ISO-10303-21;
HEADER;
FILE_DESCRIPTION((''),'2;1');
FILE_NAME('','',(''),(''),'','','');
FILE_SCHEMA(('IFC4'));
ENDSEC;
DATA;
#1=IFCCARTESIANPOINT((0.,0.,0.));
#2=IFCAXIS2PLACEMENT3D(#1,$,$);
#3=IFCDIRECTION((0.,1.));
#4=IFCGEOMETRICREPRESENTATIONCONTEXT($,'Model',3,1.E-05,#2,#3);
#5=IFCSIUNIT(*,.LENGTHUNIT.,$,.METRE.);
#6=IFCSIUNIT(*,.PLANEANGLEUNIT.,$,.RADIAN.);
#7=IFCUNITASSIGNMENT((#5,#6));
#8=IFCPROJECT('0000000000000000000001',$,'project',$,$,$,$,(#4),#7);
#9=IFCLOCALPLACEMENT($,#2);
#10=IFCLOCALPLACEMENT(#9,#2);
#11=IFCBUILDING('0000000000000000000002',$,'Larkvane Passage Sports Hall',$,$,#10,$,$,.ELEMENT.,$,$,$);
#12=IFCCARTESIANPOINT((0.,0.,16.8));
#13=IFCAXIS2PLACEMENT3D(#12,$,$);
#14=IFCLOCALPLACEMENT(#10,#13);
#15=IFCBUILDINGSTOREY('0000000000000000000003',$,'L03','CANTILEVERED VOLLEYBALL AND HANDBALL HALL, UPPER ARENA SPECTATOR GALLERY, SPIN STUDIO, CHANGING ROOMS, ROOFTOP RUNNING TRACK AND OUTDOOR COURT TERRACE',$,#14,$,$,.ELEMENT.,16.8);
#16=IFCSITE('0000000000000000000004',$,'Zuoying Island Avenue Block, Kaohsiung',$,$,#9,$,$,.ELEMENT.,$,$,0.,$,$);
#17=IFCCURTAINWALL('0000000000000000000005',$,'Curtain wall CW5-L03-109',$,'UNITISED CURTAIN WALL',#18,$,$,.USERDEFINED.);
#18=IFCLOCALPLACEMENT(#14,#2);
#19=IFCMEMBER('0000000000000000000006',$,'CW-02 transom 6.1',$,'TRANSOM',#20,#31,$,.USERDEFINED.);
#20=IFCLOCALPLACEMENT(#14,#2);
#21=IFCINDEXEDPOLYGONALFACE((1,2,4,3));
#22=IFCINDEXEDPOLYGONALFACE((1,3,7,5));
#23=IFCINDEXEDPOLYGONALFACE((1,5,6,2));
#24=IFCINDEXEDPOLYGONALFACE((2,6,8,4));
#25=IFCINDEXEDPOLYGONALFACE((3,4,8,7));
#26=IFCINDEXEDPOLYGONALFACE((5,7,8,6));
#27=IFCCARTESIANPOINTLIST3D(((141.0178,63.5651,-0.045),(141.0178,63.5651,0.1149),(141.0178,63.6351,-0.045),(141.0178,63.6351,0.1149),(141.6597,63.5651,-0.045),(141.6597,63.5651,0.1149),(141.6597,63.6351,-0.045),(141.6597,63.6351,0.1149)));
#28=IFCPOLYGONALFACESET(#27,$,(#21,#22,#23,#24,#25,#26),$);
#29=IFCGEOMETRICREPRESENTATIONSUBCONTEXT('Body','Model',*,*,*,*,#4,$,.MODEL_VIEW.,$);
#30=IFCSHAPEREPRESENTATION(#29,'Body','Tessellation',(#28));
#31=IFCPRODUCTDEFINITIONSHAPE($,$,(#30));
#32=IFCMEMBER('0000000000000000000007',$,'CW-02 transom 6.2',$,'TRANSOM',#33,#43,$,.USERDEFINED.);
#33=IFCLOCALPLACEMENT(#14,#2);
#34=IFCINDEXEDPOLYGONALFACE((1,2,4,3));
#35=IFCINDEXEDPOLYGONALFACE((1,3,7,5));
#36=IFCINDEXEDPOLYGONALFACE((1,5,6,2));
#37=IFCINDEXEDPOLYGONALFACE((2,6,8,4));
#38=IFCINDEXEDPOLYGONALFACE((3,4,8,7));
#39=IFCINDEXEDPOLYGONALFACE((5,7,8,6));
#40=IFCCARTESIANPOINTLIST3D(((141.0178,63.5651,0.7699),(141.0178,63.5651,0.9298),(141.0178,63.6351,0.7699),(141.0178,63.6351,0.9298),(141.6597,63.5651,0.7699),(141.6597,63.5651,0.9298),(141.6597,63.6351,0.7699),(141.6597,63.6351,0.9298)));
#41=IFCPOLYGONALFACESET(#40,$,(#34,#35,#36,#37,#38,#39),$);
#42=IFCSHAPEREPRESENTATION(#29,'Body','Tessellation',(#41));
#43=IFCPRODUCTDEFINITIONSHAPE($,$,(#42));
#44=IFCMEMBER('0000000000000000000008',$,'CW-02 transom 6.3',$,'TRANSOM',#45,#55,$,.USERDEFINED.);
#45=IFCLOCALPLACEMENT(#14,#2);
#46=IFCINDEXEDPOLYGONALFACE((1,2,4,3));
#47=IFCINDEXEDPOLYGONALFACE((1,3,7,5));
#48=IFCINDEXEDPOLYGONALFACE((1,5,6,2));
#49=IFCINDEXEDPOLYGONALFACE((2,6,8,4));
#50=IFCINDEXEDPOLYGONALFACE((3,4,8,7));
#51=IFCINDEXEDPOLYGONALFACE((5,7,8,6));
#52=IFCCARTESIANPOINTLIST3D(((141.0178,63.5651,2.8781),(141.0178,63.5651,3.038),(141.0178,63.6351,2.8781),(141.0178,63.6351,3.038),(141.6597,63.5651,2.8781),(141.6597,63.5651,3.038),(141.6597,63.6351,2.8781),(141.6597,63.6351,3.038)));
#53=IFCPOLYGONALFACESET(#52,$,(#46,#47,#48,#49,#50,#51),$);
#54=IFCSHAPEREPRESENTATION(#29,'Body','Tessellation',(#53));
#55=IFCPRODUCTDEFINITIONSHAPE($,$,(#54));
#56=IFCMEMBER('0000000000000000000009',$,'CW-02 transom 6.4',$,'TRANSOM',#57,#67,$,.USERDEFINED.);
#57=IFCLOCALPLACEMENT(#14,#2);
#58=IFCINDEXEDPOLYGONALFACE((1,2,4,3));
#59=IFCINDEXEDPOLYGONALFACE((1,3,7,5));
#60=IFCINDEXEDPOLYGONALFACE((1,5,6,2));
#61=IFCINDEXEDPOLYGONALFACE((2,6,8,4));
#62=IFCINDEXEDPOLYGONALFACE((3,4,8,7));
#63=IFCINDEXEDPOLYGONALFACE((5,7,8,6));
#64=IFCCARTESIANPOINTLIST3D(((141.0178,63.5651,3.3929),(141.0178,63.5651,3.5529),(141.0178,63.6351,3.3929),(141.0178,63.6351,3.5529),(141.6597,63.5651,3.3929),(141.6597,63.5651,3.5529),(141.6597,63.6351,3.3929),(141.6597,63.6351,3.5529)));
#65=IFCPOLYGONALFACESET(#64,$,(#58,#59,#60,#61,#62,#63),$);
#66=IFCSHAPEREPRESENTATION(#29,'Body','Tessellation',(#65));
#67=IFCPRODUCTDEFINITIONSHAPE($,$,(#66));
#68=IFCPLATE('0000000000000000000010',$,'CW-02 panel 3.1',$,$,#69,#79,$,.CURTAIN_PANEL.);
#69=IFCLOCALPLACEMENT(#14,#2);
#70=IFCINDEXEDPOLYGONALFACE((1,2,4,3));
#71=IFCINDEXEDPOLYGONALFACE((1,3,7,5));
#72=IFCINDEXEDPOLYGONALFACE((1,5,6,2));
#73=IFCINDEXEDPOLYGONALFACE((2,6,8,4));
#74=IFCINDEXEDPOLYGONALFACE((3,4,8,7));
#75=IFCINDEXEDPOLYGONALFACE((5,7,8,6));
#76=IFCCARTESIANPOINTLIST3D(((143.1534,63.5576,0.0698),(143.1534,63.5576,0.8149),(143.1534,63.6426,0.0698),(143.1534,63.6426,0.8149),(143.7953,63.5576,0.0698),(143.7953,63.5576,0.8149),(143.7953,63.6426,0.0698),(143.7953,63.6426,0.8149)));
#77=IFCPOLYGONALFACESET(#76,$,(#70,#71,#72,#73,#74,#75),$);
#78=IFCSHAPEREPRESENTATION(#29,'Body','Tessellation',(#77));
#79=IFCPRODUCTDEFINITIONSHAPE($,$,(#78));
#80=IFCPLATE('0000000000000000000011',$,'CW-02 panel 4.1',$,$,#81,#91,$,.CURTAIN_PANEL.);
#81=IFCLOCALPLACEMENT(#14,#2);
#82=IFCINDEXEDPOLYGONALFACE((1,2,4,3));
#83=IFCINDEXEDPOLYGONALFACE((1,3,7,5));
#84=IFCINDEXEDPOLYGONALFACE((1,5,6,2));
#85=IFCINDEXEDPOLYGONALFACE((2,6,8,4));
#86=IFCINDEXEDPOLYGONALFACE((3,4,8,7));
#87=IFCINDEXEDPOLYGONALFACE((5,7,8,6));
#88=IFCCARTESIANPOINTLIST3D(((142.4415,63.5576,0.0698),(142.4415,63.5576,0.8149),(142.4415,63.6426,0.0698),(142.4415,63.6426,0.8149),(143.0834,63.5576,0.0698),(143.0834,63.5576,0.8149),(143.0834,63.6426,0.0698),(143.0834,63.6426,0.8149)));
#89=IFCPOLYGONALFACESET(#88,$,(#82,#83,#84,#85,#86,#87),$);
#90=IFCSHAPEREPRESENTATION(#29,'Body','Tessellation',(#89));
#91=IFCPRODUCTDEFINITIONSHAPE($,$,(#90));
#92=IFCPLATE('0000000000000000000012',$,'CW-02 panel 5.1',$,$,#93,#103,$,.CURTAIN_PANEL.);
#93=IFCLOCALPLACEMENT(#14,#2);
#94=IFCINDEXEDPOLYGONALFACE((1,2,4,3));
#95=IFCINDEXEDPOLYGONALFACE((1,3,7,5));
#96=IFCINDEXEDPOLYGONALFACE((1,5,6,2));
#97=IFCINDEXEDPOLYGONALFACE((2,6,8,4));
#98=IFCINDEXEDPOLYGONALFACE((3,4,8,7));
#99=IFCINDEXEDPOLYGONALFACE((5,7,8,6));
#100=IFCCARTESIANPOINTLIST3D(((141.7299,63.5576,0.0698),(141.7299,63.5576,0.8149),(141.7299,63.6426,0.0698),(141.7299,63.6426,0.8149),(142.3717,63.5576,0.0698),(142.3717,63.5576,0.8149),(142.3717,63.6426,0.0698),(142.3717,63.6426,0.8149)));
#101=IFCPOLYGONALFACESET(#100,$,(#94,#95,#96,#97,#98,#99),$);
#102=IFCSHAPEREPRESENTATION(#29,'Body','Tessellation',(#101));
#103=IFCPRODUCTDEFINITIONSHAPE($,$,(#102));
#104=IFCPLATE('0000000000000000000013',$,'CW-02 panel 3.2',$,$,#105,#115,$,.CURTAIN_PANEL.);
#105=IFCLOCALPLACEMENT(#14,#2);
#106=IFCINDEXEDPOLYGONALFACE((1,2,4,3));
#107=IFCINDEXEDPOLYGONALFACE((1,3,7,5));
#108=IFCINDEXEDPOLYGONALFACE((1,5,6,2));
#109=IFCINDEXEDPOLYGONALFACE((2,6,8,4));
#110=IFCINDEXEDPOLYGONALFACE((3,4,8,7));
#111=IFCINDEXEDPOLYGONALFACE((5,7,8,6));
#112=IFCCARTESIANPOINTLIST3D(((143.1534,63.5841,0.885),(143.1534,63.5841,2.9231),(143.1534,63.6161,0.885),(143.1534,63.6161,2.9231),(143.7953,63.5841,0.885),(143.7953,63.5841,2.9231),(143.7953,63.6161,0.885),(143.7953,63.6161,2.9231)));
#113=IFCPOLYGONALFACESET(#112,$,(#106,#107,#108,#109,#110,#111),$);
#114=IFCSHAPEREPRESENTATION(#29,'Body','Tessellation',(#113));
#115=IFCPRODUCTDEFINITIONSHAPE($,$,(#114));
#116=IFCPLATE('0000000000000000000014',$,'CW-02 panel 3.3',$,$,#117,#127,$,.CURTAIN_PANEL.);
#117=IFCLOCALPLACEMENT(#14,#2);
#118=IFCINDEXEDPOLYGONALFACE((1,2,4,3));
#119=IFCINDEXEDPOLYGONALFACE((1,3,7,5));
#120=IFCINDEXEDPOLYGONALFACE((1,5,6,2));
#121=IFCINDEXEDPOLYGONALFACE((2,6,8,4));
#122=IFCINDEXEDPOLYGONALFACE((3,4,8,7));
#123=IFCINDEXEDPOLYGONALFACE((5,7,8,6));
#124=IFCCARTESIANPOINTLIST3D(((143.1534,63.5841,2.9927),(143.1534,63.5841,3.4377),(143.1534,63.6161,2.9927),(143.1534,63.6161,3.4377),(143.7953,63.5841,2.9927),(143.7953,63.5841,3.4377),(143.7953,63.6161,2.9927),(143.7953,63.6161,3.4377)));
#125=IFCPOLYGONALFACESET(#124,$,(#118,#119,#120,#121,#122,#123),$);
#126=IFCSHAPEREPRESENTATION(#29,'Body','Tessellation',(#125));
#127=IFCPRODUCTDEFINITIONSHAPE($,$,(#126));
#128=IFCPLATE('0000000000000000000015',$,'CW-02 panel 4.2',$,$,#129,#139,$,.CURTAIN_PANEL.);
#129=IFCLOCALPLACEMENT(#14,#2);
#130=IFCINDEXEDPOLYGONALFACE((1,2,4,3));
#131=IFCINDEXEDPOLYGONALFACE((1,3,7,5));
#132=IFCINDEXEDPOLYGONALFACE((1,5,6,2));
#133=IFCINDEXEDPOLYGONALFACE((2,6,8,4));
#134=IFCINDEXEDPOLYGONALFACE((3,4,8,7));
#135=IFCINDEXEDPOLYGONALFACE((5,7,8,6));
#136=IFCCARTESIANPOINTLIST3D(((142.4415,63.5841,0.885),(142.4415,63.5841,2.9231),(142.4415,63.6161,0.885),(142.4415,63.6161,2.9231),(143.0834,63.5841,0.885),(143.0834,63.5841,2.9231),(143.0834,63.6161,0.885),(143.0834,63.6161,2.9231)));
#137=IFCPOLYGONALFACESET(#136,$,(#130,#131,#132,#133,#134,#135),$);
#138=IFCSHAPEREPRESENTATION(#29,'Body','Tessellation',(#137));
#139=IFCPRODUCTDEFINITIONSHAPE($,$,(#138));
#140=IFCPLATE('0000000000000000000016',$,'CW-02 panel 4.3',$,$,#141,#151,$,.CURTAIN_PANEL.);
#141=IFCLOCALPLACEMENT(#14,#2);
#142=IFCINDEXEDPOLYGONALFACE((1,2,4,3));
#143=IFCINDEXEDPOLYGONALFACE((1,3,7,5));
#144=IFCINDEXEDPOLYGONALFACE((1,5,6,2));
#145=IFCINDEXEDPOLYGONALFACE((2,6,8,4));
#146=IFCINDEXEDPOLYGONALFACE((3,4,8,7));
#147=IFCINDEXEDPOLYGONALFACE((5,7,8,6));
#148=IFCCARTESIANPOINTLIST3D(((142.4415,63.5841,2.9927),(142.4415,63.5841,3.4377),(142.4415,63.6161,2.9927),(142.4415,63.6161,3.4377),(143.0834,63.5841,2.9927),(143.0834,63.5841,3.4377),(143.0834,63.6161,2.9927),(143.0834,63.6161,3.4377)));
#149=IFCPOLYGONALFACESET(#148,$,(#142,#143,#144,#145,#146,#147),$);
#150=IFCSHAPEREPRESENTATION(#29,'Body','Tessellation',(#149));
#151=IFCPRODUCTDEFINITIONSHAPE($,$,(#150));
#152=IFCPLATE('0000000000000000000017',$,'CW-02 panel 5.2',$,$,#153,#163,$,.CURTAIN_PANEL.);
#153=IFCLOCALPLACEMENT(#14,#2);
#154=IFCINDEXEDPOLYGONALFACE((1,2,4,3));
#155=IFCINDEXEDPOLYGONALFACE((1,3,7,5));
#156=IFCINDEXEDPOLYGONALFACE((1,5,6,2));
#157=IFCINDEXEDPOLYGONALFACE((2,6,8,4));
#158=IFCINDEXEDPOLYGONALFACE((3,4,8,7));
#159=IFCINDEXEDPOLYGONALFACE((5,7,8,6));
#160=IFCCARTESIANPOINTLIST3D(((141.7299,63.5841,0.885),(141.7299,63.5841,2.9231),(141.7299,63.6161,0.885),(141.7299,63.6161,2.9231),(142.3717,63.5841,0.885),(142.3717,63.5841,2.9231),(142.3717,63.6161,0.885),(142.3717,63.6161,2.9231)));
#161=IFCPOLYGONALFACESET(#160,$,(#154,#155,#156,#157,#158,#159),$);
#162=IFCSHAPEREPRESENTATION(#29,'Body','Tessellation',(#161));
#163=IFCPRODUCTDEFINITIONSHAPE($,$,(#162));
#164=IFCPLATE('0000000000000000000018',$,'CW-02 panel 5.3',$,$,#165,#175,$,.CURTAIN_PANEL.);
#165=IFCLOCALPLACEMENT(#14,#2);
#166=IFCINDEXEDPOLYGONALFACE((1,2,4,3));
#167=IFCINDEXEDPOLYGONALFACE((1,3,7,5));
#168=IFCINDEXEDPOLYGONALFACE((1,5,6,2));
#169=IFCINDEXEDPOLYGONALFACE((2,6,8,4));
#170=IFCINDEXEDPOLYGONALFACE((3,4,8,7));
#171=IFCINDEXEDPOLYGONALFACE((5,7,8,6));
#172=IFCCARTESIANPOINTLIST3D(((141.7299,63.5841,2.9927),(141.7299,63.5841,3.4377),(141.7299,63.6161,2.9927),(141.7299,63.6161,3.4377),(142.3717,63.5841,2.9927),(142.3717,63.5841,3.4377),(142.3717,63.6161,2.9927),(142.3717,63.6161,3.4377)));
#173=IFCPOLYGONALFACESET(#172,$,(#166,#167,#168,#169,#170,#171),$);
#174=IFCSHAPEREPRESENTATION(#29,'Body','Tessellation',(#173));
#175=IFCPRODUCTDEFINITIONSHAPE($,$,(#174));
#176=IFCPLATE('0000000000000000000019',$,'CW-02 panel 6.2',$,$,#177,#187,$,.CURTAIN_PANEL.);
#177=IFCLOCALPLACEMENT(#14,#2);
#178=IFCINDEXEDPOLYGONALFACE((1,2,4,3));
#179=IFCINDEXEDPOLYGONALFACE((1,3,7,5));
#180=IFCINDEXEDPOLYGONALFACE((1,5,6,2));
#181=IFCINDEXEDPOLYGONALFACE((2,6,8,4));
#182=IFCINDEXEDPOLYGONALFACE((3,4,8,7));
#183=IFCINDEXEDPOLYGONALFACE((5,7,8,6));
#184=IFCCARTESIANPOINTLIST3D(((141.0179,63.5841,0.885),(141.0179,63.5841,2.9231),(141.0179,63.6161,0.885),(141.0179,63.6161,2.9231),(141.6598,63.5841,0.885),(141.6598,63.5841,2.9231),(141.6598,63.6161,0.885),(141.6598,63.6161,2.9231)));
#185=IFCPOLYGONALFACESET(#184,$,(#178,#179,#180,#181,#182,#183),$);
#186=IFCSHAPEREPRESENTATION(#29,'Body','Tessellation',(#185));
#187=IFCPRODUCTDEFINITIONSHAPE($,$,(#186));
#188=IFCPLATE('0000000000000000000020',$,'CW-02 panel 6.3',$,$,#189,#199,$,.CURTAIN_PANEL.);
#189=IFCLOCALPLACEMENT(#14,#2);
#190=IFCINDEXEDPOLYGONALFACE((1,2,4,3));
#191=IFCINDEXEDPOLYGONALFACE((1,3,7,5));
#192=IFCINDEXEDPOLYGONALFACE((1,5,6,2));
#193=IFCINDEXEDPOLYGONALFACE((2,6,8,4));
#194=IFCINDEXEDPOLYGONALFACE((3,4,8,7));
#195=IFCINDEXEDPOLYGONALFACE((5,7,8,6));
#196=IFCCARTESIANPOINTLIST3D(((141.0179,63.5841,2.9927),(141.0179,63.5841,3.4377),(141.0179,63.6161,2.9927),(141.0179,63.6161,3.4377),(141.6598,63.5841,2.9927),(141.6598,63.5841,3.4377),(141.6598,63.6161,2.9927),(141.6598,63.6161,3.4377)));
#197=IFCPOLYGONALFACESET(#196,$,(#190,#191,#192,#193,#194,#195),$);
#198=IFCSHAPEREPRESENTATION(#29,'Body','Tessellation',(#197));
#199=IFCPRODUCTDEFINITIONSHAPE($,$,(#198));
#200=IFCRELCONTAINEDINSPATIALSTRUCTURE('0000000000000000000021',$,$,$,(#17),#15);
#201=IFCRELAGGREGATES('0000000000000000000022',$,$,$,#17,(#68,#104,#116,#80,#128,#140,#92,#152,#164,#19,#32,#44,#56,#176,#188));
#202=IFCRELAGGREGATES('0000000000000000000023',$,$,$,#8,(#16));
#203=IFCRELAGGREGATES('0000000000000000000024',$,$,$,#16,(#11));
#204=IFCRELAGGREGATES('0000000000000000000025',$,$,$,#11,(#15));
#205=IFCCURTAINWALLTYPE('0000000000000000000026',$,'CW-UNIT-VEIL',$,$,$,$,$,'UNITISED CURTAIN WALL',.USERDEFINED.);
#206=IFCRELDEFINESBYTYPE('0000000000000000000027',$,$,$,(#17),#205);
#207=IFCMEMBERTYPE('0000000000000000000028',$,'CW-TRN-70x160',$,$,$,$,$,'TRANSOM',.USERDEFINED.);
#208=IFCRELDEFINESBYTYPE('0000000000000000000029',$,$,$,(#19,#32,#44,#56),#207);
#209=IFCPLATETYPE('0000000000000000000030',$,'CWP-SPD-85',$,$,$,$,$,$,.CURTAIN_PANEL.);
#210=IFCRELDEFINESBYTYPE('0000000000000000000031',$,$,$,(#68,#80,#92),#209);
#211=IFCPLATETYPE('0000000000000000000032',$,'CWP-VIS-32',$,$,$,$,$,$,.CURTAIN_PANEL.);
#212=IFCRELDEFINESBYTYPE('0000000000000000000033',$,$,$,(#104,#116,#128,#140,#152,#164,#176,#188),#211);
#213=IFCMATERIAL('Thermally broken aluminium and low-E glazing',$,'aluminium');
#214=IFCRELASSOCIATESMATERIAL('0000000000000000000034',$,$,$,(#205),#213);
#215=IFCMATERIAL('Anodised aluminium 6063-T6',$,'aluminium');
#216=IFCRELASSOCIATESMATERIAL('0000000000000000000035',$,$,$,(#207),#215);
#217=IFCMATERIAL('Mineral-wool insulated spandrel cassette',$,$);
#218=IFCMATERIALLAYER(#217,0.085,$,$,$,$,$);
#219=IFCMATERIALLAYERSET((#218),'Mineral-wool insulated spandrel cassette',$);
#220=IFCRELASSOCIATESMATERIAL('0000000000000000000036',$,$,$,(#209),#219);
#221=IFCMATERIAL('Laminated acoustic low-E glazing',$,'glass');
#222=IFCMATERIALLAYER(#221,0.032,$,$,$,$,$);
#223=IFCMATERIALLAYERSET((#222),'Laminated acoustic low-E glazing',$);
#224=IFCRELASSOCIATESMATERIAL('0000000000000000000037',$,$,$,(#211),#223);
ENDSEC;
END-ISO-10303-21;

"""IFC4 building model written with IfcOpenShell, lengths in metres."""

from ifc_helpers import new_model, si_unit, direction, frame, origin, origin_2d, place, context, subcontext, project, spatial, rectangle, extrude, material, layer, layer_set, material_profile, profile_set, type_object, element, aggregate, save


model = new_model("IFC4")

# Units and contexts
model_context = context("Model", 3, precision=1e-05, world=origin(), true_north=direction((0.0, 1.0)))
body_context = subcontext(model_context, "Body", "Model", "MODEL_VIEW")
ifc_project = project(units=[si_unit("LENGTHUNIT", "METRE"), si_unit("PLANEANGLEUNIT", "RADIAN")], contexts=[model_context])

# Site, building, storey
site_placement = place(None, origin())
site = spatial("IfcSite", under=ifc_project, at=site_placement, Name="Zuoying Island Avenue Block, Kaohsiung", CompositionType="ELEMENT", RefElevation=0.0)
building_placement = place(site_placement, origin())
building = spatial("IfcBuilding", under=site, at=building_placement, Name="Larkvane Passage Sports Hall", CompositionType="ELEMENT")
storey_placement = place(building_placement, frame((0.0, 0.0, 16.8)))
storey = spatial("IfcBuildingStorey", under=building, at=storey_placement, Name="L03", Description="CANTILEVERED VOLLEYBALL AND HANDBALL HALL, UPPER ARENA SPECTATOR GALLERY, SPIN STUDIO, CHANGING ROOMS, ROOFTOP RUNNING TRACK AND OUTDOOR COURT TERRACE", CompositionType="ELEMENT", Elevation=16.8)

# Shared definitions
ifc_material_1 = material(Name="Thermally broken aluminium and low-E glazing", Category="aluminium")
ifc_material_2 = material(Name="Anodised aluminium 6063-T6", Category="aluminium")

# Curtain wall, members, plates
curtain_wall_type_1 = type_object("IfcCurtainWallType", Name="CW-UNIT-VEIL", ElementType="UNITISED CURTAIN WALL", PredefinedType="USERDEFINED", material=ifc_material_1)
curtain_wall_1_placement = place(storey_placement, origin())
curtain_wall_1 = element("IfcCurtainWall", 1, at=curtain_wall_1_placement, inside=storey, type_object=curtain_wall_type_1, Name="Curtain wall CW5-L03-109", ObjectType="UNITISED CURTAIN WALL", PredefinedType="USERDEFINED")
ifc_material_profile_1 = material_profile(ifc_material_2, rectangle(XDim=0.0701, YDim=0.1599, at=origin_2d()), Name="ALU-TRN-70x160")
ifc_profile_set_1 = profile_set([ifc_material_profile_1], Name="Anodised aluminium 6063-T6")
member_type_1 = type_object("IfcMemberType", Name="CW-TRN-70x160", ElementType="TRANSOM", PredefinedType="USERDEFINED", material=ifc_profile_set_1)
member_1_placement = place(storey_placement, frame((141.6597, 63.6001, 0.0349), z_axis=(-1.0, 0.0, 0.0), x_axis=(0.0, -1.0, 0.0)))
member_1 = element("IfcMember", 2, at=member_1_placement, type_object=member_type_1, Name="CW-02 transom 6.1", ObjectType="TRANSOM", PredefinedType="USERDEFINED", context=body_context, shape_type="SweptSolid", body=[
    extrude(rectangle(XDim=0.0701, YDim=0.1599, at=origin_2d()), origin(), (0.0, 0.0, 1.0), 0.6418),
])
member_2_placement = place(storey_placement, frame((141.6597, 63.6001, 0.8499), z_axis=(-1.0, 0.0, 0.0), x_axis=(0.0, -1.0, 0.0)))
member_2 = element("IfcMember", 3, at=member_2_placement, type_object=member_type_1, Name="CW-02 transom 6.2", ObjectType="TRANSOM", PredefinedType="USERDEFINED", context=body_context, shape_type="SweptSolid", body=[
    extrude(rectangle(XDim=0.0701, YDim=0.1599, at=origin_2d()), origin(), (0.0, 0.0, 1.0), 0.6418),
])
member_3_placement = place(storey_placement, frame((141.6597, 63.6001, 2.958), z_axis=(-1.0, 0.0, 0.0), x_axis=(0.0, -1.0, 0.0)))
member_3 = element("IfcMember", 4, at=member_3_placement, type_object=member_type_1, Name="CW-02 transom 6.3", ObjectType="TRANSOM", PredefinedType="USERDEFINED", context=body_context, shape_type="SweptSolid", body=[
    extrude(rectangle(XDim=0.0701, YDim=0.1599, at=origin_2d()), origin(), (0.0, 0.0, 1.0), 0.6418),
])
member_4_placement = place(storey_placement, frame((141.6597, 63.6001, 3.4729), z_axis=(-1.0, 0.0, 0.0), x_axis=(0.0, -1.0, 0.0)))
member_4 = element("IfcMember", 5, at=member_4_placement, type_object=member_type_1, Name="CW-02 transom 6.4", ObjectType="TRANSOM", PredefinedType="USERDEFINED", context=body_context, shape_type="SweptSolid", body=[
    extrude(rectangle(XDim=0.0701, YDim=0.1599, at=origin_2d()), origin(), (0.0, 0.0, 1.0), 0.6418),
])
ifc_material_3 = material(Name="Mineral-wool insulated spandrel cassette")
ifc_layer_1 = layer(ifc_material_3, 0.085)
ifc_layer_set_1 = layer_set([ifc_layer_1], Name="Mineral-wool insulated spandrel cassette")
plate_type_1 = type_object("IfcPlateType", Name="CWP-SPD-85", PredefinedType="CURTAIN_PANEL", material=ifc_layer_set_1)
plate_1_placement = place(storey_placement, frame((143.4744, 63.6001, 0.0698), z_axis=(0.0, 0.0, 1.0), x_axis=(-1.0, 0.0, 0.0)))
plate_1 = element("IfcPlate", 6, at=plate_1_placement, type_object=plate_type_1, Name="CW-02 panel 3.1", PredefinedType="CURTAIN_PANEL", context=body_context, shape_type="SweptSolid", body=[
    extrude(rectangle(XDim=0.6418, YDim=0.085, at=origin_2d()), origin(), (0.0, 0.0, 1.0), 0.7451),
])
plate_2_placement = place(storey_placement, frame((142.7625, 63.6001, 0.0698), z_axis=(0.0, 0.0, 1.0), x_axis=(-1.0, 0.0, 0.0)))
plate_2 = element("IfcPlate", 7, at=plate_2_placement, type_object=plate_type_1, Name="CW-02 panel 4.1", PredefinedType="CURTAIN_PANEL", context=body_context, shape_type="SweptSolid", body=[
    extrude(rectangle(XDim=0.6418, YDim=0.085, at=origin_2d()), origin(), (0.0, 0.0, 1.0), 0.7451),
])
plate_3_placement = place(storey_placement, frame((142.0508, 63.6001, 0.0698), z_axis=(0.0, 0.0, 1.0), x_axis=(-1.0, 0.0, 0.0)))
plate_3 = element("IfcPlate", 8, at=plate_3_placement, type_object=plate_type_1, Name="CW-02 panel 5.1", PredefinedType="CURTAIN_PANEL", context=body_context, shape_type="SweptSolid", body=[
    extrude(rectangle(XDim=0.6418, YDim=0.085, at=origin_2d()), origin(), (0.0, 0.0, 1.0), 0.7451),
])
ifc_material_4 = material(Name="Laminated acoustic low-E glazing", Category="glass")
ifc_layer_2 = layer(ifc_material_4, 0.032)
ifc_layer_set_2 = layer_set([ifc_layer_2], Name="Laminated acoustic low-E glazing")
plate_type_2 = type_object("IfcPlateType", Name="CWP-VIS-32", PredefinedType="CURTAIN_PANEL", material=ifc_layer_set_2)
plate_4_placement = place(storey_placement, frame((143.4744, 63.6001, 0.885), z_axis=(0.0, 0.0, 1.0), x_axis=(-1.0, 0.0, 0.0)))
plate_4 = element("IfcPlate", 9, at=plate_4_placement, type_object=plate_type_2, Name="CW-02 panel 3.2", PredefinedType="CURTAIN_PANEL", context=body_context, shape_type="SweptSolid", body=[
    extrude(rectangle(XDim=0.6418, YDim=0.032, at=origin_2d()), origin(), (0.0, 0.0, 1.0), 2.0381),
])
plate_5_placement = place(storey_placement, frame((143.4744, 63.6001, 2.9927), z_axis=(0.0, 0.0, 1.0), x_axis=(-1.0, 0.0, 0.0)))
plate_5 = element("IfcPlate", 10, at=plate_5_placement, type_object=plate_type_2, Name="CW-02 panel 3.3", PredefinedType="CURTAIN_PANEL", context=body_context, shape_type="SweptSolid", body=[
    extrude(rectangle(XDim=0.6418, YDim=0.032, at=origin_2d()), origin(), (0.0, 0.0, 1.0), 0.4451),
])
plate_6_placement = place(storey_placement, frame((142.7625, 63.6001, 0.885), z_axis=(0.0, 0.0, 1.0), x_axis=(-1.0, 0.0, 0.0)))
plate_6 = element("IfcPlate", 11, at=plate_6_placement, type_object=plate_type_2, Name="CW-02 panel 4.2", PredefinedType="CURTAIN_PANEL", context=body_context, shape_type="SweptSolid", body=[
    extrude(rectangle(XDim=0.6418, YDim=0.032, at=origin_2d()), origin(), (0.0, 0.0, 1.0), 2.0381),
])
plate_7_placement = place(storey_placement, frame((142.7625, 63.6001, 2.9927), z_axis=(0.0, 0.0, 1.0), x_axis=(-1.0, 0.0, 0.0)))
plate_7 = element("IfcPlate", 12, at=plate_7_placement, type_object=plate_type_2, Name="CW-02 panel 4.3", PredefinedType="CURTAIN_PANEL", context=body_context, shape_type="SweptSolid", body=[
    extrude(rectangle(XDim=0.6418, YDim=0.032, at=origin_2d()), origin(), (0.0, 0.0, 1.0), 0.4451),
])
plate_8_placement = place(storey_placement, frame((142.0508, 63.6001, 0.885), z_axis=(0.0, 0.0, 1.0), x_axis=(-1.0, 0.0, 0.0)))
plate_8 = element("IfcPlate", 13, at=plate_8_placement, type_object=plate_type_2, Name="CW-02 panel 5.2", PredefinedType="CURTAIN_PANEL", context=body_context, shape_type="SweptSolid", body=[
    extrude(rectangle(XDim=0.6418, YDim=0.032, at=origin_2d()), origin(), (0.0, 0.0, 1.0), 2.0381),
])
plate_9_placement = place(storey_placement, frame((142.0508, 63.6001, 2.9927), z_axis=(0.0, 0.0, 1.0), x_axis=(-1.0, 0.0, 0.0)))
plate_9 = element("IfcPlate", 14, at=plate_9_placement, type_object=plate_type_2, Name="CW-02 panel 5.3", PredefinedType="CURTAIN_PANEL", context=body_context, shape_type="SweptSolid", body=[
    extrude(rectangle(XDim=0.6418, YDim=0.032, at=origin_2d()), origin(), (0.0, 0.0, 1.0), 0.4451),
])
plate_10_placement = place(storey_placement, frame((141.3389, 63.6001, 0.885), z_axis=(0.0, 0.0, 1.0), x_axis=(-1.0, 0.0, 0.0)))
plate_10 = element("IfcPlate", 15, at=plate_10_placement, type_object=plate_type_2, Name="CW-02 panel 6.2", PredefinedType="CURTAIN_PANEL", context=body_context, shape_type="SweptSolid", body=[
    extrude(rectangle(XDim=0.6418, YDim=0.032, at=origin_2d()), origin(), (0.0, 0.0, 1.0), 2.0381),
])
plate_11_placement = place(storey_placement, frame((141.3389, 63.6001, 2.9927), z_axis=(0.0, 0.0, 1.0), x_axis=(-1.0, 0.0, 0.0)))
plate_11 = element("IfcPlate", 16, at=plate_11_placement, type_object=plate_type_2, Name="CW-02 panel 6.3", PredefinedType="CURTAIN_PANEL", context=body_context, shape_type="SweptSolid", body=[
    extrude(rectangle(XDim=0.6418, YDim=0.032, at=origin_2d()), origin(), (0.0, 0.0, 1.0), 0.4451),
])
aggregate(curtain_wall_1, [plate_1, plate_4, plate_5, plate_2, plate_6, plate_7, plate_3, plate_8, plate_9, member_1, member_2, member_3, member_4, plate_10, plate_11])

save(model, "model.ifc")
